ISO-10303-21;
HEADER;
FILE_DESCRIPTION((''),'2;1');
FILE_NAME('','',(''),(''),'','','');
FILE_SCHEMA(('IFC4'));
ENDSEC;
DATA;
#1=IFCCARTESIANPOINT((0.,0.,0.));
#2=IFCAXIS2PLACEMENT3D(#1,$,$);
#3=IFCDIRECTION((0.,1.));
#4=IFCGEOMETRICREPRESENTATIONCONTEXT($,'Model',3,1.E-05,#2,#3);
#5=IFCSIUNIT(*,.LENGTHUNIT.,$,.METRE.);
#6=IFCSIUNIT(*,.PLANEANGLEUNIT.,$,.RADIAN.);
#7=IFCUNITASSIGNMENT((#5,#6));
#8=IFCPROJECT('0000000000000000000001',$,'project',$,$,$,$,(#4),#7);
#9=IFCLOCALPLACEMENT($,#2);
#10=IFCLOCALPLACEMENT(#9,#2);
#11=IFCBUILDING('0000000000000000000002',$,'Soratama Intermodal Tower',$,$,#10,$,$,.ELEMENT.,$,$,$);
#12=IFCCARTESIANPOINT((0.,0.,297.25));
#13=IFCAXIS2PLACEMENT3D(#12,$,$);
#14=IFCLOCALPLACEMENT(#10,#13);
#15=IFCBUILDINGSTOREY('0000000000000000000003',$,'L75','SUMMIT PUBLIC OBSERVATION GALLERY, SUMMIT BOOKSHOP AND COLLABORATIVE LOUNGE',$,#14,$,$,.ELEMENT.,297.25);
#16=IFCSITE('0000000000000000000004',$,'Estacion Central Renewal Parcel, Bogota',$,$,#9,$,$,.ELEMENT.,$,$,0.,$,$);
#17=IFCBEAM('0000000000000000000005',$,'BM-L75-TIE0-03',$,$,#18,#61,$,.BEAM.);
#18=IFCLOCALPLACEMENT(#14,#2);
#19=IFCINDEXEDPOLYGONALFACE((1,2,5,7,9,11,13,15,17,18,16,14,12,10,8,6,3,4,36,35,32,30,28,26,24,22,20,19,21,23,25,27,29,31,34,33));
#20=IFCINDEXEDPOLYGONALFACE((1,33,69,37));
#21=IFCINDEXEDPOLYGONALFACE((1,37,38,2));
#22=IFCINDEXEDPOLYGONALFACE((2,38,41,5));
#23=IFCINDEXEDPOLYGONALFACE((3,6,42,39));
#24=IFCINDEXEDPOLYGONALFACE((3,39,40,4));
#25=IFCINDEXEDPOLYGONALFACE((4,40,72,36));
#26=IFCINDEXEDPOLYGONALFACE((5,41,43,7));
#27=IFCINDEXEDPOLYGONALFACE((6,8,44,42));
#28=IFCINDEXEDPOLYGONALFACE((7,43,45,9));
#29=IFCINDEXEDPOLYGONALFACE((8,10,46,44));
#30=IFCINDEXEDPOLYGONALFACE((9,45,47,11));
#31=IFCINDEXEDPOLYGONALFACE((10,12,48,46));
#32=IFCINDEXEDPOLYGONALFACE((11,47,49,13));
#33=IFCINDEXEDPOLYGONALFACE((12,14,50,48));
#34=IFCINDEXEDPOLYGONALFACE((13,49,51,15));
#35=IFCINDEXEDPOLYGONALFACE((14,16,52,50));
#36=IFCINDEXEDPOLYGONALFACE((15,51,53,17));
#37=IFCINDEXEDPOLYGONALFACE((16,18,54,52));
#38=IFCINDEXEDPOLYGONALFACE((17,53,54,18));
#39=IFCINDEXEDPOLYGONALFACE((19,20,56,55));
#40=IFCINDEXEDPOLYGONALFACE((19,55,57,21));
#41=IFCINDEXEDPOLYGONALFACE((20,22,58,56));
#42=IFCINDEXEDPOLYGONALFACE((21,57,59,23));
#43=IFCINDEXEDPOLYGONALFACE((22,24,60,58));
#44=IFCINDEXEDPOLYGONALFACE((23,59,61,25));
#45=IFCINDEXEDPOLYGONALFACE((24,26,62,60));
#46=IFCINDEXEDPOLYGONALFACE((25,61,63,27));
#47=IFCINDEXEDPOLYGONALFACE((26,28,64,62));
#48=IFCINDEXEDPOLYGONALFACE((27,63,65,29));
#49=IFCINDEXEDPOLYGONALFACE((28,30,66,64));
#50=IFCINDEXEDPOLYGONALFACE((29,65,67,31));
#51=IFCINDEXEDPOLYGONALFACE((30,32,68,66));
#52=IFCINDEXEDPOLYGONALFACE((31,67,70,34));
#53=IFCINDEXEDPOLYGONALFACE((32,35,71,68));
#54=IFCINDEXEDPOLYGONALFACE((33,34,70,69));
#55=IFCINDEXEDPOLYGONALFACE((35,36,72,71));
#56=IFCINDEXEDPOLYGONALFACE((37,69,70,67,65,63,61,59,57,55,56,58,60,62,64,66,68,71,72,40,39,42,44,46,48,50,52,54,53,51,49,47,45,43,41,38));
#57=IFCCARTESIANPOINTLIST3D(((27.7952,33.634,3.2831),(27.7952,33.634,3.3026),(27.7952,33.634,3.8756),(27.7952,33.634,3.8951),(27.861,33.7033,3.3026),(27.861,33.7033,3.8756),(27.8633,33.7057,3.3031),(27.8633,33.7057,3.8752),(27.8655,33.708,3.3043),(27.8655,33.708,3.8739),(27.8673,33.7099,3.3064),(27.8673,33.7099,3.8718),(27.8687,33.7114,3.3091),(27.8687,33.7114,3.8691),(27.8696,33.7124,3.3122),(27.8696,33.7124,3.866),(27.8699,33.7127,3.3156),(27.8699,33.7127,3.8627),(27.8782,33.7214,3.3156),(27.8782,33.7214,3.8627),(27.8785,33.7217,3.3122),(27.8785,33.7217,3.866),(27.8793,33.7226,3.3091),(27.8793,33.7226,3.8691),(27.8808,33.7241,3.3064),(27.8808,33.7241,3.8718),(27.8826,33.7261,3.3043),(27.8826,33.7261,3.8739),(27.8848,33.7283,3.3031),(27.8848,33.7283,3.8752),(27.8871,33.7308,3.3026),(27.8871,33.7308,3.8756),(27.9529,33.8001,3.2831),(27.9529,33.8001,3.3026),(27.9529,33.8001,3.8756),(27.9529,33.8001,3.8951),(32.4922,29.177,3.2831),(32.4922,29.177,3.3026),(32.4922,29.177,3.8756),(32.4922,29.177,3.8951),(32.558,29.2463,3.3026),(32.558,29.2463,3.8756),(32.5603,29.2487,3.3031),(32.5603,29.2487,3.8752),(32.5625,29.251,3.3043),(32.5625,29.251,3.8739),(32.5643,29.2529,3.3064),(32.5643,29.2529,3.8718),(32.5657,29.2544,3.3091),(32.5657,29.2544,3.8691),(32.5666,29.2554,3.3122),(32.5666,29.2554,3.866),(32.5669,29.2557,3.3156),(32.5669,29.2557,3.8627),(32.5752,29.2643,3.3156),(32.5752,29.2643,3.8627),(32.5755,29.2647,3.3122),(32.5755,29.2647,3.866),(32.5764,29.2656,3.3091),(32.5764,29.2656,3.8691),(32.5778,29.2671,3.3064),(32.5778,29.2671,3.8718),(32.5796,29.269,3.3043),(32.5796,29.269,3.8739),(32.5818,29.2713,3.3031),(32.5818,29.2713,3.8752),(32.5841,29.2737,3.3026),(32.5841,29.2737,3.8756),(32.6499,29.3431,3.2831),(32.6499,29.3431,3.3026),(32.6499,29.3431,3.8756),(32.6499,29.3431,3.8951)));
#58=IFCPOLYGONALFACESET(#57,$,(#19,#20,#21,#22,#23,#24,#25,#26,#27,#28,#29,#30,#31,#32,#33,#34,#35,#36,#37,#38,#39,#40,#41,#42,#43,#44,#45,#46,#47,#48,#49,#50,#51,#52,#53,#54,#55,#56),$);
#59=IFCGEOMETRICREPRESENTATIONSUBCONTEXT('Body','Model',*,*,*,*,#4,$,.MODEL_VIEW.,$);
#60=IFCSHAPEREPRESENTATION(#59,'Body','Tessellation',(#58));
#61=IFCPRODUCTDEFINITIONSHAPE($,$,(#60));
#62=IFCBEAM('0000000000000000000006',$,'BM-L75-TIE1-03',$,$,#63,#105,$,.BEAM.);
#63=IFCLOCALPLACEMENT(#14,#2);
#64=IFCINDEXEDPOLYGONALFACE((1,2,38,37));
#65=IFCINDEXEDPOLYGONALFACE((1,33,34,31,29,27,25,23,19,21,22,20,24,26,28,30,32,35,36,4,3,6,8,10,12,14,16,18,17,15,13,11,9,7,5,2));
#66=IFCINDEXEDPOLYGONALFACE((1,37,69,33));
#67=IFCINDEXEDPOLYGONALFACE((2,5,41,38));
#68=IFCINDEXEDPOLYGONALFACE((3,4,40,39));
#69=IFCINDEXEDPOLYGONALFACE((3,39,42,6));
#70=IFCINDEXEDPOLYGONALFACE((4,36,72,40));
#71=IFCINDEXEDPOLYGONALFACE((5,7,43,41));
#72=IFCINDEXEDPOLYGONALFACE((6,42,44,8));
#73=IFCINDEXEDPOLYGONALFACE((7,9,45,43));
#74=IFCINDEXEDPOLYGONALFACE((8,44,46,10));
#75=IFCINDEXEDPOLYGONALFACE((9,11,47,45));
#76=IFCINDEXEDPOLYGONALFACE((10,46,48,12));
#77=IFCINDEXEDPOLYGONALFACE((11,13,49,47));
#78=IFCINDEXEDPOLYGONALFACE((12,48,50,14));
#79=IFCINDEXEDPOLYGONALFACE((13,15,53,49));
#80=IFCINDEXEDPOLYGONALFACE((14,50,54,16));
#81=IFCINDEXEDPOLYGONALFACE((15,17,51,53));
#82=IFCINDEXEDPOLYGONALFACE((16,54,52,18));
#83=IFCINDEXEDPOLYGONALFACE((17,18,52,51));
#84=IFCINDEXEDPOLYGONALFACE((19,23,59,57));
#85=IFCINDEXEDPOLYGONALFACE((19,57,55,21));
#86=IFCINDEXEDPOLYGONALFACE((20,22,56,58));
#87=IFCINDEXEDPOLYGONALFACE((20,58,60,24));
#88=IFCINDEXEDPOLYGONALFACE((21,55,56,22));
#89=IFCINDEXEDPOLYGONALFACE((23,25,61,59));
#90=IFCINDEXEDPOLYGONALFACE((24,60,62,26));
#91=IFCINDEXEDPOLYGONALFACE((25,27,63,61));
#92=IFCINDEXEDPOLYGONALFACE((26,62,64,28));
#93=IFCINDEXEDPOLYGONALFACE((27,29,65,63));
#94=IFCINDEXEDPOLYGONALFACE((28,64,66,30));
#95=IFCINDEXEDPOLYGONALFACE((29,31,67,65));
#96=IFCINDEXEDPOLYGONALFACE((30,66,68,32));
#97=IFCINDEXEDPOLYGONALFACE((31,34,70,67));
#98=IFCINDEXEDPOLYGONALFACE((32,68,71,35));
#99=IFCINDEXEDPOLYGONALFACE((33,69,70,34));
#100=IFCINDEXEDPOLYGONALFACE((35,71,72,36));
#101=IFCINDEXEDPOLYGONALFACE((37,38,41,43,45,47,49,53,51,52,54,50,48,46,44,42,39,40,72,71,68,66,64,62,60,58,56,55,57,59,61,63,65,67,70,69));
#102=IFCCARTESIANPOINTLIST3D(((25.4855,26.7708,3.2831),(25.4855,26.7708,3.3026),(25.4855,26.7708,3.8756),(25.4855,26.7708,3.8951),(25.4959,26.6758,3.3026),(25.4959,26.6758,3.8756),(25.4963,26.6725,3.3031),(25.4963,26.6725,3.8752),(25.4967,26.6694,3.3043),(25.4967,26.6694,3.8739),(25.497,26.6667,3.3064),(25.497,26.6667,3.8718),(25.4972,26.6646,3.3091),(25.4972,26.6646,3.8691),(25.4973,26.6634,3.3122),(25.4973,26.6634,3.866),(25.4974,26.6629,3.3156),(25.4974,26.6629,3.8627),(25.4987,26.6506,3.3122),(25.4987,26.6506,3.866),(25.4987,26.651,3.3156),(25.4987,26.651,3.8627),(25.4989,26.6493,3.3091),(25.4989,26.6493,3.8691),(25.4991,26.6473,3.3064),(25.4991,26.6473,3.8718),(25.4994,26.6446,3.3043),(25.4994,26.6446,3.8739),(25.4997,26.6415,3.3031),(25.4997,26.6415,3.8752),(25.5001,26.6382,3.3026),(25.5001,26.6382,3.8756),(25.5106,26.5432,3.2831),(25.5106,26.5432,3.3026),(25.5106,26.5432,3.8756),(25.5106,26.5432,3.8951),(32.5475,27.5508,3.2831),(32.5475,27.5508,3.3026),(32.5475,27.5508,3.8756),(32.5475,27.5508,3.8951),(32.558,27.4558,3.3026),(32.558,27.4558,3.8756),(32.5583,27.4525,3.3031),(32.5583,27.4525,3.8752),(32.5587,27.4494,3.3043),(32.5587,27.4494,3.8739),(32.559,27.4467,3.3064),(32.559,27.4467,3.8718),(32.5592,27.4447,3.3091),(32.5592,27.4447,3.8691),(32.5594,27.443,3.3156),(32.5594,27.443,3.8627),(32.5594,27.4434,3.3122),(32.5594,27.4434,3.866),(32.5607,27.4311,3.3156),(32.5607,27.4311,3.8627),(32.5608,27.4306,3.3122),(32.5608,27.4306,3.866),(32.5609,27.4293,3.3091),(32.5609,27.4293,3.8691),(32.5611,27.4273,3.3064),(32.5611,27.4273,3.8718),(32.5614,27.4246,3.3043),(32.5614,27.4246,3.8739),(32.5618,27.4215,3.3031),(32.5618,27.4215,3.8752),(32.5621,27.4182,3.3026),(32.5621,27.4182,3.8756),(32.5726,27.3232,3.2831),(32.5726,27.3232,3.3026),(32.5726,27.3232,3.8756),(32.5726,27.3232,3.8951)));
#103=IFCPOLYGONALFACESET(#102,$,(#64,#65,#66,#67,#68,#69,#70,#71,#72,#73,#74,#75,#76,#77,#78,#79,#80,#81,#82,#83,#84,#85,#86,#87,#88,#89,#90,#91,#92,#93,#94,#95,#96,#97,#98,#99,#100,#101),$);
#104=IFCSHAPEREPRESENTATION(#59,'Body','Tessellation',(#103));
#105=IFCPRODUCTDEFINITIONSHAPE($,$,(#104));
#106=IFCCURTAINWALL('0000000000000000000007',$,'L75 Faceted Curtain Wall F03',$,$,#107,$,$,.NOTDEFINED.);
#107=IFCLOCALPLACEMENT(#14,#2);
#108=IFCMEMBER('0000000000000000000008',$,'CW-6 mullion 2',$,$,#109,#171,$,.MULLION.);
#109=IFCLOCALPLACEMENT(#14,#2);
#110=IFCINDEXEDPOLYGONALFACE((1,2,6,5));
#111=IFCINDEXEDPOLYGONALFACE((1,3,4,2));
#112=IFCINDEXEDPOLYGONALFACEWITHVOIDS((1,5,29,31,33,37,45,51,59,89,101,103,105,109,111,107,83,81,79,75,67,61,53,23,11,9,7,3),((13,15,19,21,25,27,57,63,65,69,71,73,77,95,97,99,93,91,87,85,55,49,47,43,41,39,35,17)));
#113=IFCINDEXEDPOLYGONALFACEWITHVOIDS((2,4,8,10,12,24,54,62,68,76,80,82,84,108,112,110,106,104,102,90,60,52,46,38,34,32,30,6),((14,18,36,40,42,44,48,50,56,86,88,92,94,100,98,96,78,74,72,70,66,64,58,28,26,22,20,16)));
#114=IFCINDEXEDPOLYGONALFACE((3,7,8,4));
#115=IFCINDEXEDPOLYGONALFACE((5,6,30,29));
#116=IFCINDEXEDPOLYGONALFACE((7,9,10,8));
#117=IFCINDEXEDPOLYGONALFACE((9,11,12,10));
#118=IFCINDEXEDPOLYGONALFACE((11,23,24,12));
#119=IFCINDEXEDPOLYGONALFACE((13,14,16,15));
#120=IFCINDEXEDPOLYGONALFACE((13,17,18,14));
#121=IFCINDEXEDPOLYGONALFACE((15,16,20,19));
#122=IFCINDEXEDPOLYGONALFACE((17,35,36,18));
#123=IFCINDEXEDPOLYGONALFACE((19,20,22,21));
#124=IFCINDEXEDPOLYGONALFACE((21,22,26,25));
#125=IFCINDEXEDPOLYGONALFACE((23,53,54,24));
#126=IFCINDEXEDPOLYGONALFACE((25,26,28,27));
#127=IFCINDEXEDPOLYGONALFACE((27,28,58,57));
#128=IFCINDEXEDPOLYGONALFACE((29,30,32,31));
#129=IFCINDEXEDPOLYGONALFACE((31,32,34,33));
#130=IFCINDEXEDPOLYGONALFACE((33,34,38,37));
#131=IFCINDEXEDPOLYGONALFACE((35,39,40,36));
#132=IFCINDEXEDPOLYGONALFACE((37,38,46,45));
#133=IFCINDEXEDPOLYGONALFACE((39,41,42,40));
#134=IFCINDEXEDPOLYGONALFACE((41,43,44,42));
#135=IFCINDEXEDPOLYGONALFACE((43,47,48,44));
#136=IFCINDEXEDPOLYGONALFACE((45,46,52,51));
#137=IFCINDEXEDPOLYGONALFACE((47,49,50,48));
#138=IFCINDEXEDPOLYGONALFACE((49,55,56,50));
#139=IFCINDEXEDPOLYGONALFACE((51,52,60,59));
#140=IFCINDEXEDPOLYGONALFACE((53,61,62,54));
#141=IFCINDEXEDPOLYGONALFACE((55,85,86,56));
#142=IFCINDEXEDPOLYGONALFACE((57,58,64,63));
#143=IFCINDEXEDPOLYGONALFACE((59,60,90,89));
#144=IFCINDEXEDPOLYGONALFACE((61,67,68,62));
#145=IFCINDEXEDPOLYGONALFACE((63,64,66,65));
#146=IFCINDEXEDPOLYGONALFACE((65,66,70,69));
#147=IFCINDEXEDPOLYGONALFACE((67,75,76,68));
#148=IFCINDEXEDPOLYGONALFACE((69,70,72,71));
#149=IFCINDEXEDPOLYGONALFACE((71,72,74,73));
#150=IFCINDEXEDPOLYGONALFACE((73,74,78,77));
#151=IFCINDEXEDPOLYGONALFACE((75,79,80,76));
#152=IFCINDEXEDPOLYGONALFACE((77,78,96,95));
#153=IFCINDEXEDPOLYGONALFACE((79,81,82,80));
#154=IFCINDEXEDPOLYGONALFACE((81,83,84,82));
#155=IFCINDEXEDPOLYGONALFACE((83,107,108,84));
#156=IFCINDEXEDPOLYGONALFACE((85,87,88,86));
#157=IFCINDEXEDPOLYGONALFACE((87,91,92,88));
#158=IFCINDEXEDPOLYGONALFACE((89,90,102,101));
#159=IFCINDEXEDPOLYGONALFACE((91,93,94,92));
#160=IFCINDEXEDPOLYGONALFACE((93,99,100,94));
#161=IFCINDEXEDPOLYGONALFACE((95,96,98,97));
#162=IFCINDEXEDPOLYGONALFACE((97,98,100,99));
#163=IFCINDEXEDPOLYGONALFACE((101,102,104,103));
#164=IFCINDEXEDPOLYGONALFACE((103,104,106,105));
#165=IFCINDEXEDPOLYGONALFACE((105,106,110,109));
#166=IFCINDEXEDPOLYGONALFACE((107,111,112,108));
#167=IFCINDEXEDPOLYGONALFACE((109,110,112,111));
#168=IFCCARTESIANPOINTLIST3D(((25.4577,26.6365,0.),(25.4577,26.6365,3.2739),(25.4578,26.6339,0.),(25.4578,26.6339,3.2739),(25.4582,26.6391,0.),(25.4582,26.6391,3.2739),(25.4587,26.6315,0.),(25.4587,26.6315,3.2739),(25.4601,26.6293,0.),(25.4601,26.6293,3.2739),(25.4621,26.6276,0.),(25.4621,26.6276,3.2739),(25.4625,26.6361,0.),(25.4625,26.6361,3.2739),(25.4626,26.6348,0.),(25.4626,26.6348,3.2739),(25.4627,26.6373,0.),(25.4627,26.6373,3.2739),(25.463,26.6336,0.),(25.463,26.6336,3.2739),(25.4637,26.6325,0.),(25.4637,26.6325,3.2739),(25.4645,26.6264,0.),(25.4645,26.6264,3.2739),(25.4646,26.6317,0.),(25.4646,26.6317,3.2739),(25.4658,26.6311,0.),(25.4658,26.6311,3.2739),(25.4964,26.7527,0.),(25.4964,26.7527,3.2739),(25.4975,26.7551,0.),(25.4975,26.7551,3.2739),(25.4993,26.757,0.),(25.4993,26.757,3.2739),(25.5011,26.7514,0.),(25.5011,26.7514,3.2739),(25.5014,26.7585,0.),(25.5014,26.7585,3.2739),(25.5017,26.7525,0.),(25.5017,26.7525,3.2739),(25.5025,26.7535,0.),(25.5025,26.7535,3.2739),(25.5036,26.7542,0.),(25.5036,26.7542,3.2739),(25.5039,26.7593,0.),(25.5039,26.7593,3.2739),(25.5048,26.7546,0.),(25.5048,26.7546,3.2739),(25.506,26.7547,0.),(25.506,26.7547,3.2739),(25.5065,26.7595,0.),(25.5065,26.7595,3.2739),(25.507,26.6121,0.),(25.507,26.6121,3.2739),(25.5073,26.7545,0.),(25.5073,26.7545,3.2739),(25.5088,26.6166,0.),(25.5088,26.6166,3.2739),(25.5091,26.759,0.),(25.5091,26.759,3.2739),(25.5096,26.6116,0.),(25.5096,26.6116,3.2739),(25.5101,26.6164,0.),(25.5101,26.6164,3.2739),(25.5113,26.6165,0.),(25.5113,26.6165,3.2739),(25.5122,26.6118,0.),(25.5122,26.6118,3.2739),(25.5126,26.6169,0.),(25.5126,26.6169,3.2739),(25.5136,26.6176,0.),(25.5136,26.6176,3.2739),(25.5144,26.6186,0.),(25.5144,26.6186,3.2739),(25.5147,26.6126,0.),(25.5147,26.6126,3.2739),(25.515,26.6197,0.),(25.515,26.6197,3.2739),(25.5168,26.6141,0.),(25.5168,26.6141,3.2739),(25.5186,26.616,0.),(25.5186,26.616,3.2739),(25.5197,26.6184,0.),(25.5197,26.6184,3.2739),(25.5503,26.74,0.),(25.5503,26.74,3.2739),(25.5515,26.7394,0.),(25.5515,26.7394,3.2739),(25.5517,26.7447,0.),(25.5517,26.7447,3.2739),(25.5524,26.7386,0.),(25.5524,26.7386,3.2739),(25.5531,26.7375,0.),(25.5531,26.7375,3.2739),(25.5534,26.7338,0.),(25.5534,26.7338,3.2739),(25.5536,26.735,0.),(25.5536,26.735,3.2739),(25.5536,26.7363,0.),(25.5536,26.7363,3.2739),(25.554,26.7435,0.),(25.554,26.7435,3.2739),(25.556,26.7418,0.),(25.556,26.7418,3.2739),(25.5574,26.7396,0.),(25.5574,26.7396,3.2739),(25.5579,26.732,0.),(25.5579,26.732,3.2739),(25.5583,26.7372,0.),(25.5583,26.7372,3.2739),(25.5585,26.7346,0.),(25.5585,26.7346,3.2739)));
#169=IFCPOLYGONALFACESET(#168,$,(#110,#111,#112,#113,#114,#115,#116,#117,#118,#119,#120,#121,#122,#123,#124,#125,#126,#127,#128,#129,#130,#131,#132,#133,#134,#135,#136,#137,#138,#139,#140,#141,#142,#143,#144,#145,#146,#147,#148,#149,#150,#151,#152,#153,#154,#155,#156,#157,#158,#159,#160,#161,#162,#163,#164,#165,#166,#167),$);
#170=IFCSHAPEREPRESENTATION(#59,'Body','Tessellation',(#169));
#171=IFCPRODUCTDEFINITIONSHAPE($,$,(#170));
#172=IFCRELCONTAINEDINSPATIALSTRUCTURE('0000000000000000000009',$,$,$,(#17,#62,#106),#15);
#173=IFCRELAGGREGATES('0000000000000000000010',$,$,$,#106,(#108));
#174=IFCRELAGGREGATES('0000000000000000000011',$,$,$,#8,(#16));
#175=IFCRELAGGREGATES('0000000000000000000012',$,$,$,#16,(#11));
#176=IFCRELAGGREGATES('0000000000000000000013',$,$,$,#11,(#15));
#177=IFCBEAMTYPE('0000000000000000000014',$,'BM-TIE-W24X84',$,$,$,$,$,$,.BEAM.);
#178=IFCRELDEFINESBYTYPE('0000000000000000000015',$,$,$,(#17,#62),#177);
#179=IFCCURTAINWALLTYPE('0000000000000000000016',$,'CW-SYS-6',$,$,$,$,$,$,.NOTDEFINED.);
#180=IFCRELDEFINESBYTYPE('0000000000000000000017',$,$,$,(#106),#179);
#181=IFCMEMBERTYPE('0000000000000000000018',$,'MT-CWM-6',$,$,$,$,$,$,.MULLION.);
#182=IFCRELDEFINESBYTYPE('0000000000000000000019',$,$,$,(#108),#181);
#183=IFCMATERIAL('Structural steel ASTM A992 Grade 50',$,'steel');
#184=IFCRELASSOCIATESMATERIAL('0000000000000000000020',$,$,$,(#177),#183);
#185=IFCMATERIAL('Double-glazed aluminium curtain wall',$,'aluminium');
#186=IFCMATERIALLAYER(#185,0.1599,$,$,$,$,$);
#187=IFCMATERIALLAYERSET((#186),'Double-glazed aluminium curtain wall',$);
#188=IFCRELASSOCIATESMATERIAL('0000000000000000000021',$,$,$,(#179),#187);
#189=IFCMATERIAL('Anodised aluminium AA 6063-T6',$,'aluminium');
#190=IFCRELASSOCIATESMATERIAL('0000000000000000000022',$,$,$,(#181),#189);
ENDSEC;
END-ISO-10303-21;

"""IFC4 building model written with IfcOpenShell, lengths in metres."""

from ifc_helpers import new_model, si_unit, direction, frame, origin, origin_2d, place, context, subcontext, project, spatial, hollow_rectangle, i_section, extrude, material, layer, layer_set, material_profile, profile_set, type_object, element, aggregate, save


model = new_model("IFC4")

# Units and contexts
model_context = context("Model", 3, precision=1e-05, world=origin(), true_north=direction((0.0, 1.0)))
body_context = subcontext(model_context, "Body", "Model", "MODEL_VIEW")
ifc_project = project(units=[si_unit("LENGTHUNIT", "METRE"), si_unit("PLANEANGLEUNIT", "RADIAN")], contexts=[model_context])

# Site, building, storey
site_placement = place(None, origin())
site = spatial("IfcSite", under=ifc_project, at=site_placement, Name="Estacion Central Renewal Parcel, Bogota", CompositionType="ELEMENT", RefElevation=0.0)
building_placement = place(site_placement, origin())
building = spatial("IfcBuilding", under=site, at=building_placement, Name="Soratama Intermodal Tower", CompositionType="ELEMENT")
storey_placement = place(building_placement, frame((0.0, 0.0, 297.25)))
storey = spatial("IfcBuildingStorey", under=building, at=storey_placement, Name="L75", Description="SUMMIT PUBLIC OBSERVATION GALLERY, SUMMIT BOOKSHOP AND COLLABORATIVE LOUNGE", CompositionType="ELEMENT", Elevation=297.25)

# Beams
ifc_material_1 = material(Name="Structural steel ASTM A992 Grade 50", Category="steel")
ifc_material_profile_1 = material_profile(ifc_material_1, i_section(OverallWidth=0.229, OverallDepth=0.6121, WebThickness=0.012, FlangeThickness=0.0195, FilletRadius=0.0129, at=origin_2d()), Name="W24X84")
ifc_profile_set_1 = profile_set([ifc_material_profile_1], Name="Structural steel ASTM A992 Grade 50")
beam_type_1 = type_object("IfcBeamType", Name="BM-TIE-W24X84", PredefinedType="BEAM", material=ifc_profile_set_1)
beam_1_placement = place(storey_placement, frame((32.571, 29.26, 3.5891), z_axis=(-0.725396, 0.688332, 0.0), x_axis=(-0.688332, -0.725396, 0.0)))
element("IfcBeam", 1, at=beam_1_placement, inside=storey, type_object=beam_type_1, Name="BM-L75-TIE0-03", PredefinedType="BEAM", context=body_context, shape_type="SweptSolid", body=[
    extrude(i_section(OverallWidth=0.229, OverallDepth=0.6121, WebThickness=0.012, FlangeThickness=0.0195, FilletRadius=0.0129, at=origin_2d()), origin(), (0.0, 0.0, 1.0), 6.4751),
])
beam_2_placement = place(storey_placement, frame((32.5601, 27.437, 3.5891), z_axis=(-0.993955, -0.109787, 0.0), x_axis=(0.109787, -0.993955, 0.0)))
element("IfcBeam", 2, at=beam_2_placement, inside=storey, type_object=beam_type_1, Name="BM-L75-TIE1-03", PredefinedType="BEAM", context=body_context, shape_type="SweptSolid", body=[
    extrude(i_section(OverallWidth=0.229, OverallDepth=0.6121, WebThickness=0.012, FlangeThickness=0.0195, FilletRadius=0.0129, at=origin_2d()), origin(), (0.0, 0.0, 1.0), 7.105),
])

# Curtain wall, member
ifc_material_2 = material(Name="Double-glazed aluminium curtain wall", Category="aluminium")
ifc_layer_1 = layer(ifc_material_2, 0.1599)
ifc_layer_set_1 = layer_set([ifc_layer_1], Name="Double-glazed aluminium curtain wall")
curtain_wall_type = type_object("IfcCurtainWallType", Name="CW-SYS-6", PredefinedType="NOTDEFINED", material=ifc_layer_set_1)
curtain_wall_placement = place(storey_placement, origin())
curtain_wall = element("IfcCurtainWall", 3, at=curtain_wall_placement, inside=storey, type_object=curtain_wall_type, Name="L75 Faceted Curtain Wall F03", PredefinedType="NOTDEFINED")
ifc_material_3 = material(Name="Anodised aluminium AA 6063-T6", Category="aluminium")
ifc_material_profile_2 = material_profile(ifc_material_3, hollow_rectangle(XDim=0.0649, YDim=0.1399, WallThickness=0.0049, InnerFilletRadius=0.0049, OuterFilletRadius=0.01, at=origin_2d()), Name="CWM140X65X5")
ifc_profile_set_2 = profile_set([ifc_material_profile_2], Name="Anodised aluminium AA 6063-T6")
member_type_1 = type_object("IfcMemberType", Name="MT-CWM-6", PredefinedType="MULLION", material=ifc_profile_set_2)
member_1_placement = place(storey_placement, frame((25.5081, 26.6855, 0.0), z_axis=(0.0, 0.0, 1.0), x_axis=(0.947768, -0.318961, 0.0)))
member_1 = element("IfcMember", 4, at=member_1_placement, type_object=member_type_1, Name="CW-6 mullion 2", PredefinedType="MULLION", context=body_context, shape_type="SweptSolid", body=[
    extrude(hollow_rectangle(XDim=0.0649, YDim=0.1399, WallThickness=0.0049, InnerFilletRadius=0.0049, OuterFilletRadius=0.01, at=origin_2d()), origin(), (0.0, 0.0, 1.0), 3.2739),
])
aggregate(curtain_wall, [member_1])

save(model, "model.ifc")
